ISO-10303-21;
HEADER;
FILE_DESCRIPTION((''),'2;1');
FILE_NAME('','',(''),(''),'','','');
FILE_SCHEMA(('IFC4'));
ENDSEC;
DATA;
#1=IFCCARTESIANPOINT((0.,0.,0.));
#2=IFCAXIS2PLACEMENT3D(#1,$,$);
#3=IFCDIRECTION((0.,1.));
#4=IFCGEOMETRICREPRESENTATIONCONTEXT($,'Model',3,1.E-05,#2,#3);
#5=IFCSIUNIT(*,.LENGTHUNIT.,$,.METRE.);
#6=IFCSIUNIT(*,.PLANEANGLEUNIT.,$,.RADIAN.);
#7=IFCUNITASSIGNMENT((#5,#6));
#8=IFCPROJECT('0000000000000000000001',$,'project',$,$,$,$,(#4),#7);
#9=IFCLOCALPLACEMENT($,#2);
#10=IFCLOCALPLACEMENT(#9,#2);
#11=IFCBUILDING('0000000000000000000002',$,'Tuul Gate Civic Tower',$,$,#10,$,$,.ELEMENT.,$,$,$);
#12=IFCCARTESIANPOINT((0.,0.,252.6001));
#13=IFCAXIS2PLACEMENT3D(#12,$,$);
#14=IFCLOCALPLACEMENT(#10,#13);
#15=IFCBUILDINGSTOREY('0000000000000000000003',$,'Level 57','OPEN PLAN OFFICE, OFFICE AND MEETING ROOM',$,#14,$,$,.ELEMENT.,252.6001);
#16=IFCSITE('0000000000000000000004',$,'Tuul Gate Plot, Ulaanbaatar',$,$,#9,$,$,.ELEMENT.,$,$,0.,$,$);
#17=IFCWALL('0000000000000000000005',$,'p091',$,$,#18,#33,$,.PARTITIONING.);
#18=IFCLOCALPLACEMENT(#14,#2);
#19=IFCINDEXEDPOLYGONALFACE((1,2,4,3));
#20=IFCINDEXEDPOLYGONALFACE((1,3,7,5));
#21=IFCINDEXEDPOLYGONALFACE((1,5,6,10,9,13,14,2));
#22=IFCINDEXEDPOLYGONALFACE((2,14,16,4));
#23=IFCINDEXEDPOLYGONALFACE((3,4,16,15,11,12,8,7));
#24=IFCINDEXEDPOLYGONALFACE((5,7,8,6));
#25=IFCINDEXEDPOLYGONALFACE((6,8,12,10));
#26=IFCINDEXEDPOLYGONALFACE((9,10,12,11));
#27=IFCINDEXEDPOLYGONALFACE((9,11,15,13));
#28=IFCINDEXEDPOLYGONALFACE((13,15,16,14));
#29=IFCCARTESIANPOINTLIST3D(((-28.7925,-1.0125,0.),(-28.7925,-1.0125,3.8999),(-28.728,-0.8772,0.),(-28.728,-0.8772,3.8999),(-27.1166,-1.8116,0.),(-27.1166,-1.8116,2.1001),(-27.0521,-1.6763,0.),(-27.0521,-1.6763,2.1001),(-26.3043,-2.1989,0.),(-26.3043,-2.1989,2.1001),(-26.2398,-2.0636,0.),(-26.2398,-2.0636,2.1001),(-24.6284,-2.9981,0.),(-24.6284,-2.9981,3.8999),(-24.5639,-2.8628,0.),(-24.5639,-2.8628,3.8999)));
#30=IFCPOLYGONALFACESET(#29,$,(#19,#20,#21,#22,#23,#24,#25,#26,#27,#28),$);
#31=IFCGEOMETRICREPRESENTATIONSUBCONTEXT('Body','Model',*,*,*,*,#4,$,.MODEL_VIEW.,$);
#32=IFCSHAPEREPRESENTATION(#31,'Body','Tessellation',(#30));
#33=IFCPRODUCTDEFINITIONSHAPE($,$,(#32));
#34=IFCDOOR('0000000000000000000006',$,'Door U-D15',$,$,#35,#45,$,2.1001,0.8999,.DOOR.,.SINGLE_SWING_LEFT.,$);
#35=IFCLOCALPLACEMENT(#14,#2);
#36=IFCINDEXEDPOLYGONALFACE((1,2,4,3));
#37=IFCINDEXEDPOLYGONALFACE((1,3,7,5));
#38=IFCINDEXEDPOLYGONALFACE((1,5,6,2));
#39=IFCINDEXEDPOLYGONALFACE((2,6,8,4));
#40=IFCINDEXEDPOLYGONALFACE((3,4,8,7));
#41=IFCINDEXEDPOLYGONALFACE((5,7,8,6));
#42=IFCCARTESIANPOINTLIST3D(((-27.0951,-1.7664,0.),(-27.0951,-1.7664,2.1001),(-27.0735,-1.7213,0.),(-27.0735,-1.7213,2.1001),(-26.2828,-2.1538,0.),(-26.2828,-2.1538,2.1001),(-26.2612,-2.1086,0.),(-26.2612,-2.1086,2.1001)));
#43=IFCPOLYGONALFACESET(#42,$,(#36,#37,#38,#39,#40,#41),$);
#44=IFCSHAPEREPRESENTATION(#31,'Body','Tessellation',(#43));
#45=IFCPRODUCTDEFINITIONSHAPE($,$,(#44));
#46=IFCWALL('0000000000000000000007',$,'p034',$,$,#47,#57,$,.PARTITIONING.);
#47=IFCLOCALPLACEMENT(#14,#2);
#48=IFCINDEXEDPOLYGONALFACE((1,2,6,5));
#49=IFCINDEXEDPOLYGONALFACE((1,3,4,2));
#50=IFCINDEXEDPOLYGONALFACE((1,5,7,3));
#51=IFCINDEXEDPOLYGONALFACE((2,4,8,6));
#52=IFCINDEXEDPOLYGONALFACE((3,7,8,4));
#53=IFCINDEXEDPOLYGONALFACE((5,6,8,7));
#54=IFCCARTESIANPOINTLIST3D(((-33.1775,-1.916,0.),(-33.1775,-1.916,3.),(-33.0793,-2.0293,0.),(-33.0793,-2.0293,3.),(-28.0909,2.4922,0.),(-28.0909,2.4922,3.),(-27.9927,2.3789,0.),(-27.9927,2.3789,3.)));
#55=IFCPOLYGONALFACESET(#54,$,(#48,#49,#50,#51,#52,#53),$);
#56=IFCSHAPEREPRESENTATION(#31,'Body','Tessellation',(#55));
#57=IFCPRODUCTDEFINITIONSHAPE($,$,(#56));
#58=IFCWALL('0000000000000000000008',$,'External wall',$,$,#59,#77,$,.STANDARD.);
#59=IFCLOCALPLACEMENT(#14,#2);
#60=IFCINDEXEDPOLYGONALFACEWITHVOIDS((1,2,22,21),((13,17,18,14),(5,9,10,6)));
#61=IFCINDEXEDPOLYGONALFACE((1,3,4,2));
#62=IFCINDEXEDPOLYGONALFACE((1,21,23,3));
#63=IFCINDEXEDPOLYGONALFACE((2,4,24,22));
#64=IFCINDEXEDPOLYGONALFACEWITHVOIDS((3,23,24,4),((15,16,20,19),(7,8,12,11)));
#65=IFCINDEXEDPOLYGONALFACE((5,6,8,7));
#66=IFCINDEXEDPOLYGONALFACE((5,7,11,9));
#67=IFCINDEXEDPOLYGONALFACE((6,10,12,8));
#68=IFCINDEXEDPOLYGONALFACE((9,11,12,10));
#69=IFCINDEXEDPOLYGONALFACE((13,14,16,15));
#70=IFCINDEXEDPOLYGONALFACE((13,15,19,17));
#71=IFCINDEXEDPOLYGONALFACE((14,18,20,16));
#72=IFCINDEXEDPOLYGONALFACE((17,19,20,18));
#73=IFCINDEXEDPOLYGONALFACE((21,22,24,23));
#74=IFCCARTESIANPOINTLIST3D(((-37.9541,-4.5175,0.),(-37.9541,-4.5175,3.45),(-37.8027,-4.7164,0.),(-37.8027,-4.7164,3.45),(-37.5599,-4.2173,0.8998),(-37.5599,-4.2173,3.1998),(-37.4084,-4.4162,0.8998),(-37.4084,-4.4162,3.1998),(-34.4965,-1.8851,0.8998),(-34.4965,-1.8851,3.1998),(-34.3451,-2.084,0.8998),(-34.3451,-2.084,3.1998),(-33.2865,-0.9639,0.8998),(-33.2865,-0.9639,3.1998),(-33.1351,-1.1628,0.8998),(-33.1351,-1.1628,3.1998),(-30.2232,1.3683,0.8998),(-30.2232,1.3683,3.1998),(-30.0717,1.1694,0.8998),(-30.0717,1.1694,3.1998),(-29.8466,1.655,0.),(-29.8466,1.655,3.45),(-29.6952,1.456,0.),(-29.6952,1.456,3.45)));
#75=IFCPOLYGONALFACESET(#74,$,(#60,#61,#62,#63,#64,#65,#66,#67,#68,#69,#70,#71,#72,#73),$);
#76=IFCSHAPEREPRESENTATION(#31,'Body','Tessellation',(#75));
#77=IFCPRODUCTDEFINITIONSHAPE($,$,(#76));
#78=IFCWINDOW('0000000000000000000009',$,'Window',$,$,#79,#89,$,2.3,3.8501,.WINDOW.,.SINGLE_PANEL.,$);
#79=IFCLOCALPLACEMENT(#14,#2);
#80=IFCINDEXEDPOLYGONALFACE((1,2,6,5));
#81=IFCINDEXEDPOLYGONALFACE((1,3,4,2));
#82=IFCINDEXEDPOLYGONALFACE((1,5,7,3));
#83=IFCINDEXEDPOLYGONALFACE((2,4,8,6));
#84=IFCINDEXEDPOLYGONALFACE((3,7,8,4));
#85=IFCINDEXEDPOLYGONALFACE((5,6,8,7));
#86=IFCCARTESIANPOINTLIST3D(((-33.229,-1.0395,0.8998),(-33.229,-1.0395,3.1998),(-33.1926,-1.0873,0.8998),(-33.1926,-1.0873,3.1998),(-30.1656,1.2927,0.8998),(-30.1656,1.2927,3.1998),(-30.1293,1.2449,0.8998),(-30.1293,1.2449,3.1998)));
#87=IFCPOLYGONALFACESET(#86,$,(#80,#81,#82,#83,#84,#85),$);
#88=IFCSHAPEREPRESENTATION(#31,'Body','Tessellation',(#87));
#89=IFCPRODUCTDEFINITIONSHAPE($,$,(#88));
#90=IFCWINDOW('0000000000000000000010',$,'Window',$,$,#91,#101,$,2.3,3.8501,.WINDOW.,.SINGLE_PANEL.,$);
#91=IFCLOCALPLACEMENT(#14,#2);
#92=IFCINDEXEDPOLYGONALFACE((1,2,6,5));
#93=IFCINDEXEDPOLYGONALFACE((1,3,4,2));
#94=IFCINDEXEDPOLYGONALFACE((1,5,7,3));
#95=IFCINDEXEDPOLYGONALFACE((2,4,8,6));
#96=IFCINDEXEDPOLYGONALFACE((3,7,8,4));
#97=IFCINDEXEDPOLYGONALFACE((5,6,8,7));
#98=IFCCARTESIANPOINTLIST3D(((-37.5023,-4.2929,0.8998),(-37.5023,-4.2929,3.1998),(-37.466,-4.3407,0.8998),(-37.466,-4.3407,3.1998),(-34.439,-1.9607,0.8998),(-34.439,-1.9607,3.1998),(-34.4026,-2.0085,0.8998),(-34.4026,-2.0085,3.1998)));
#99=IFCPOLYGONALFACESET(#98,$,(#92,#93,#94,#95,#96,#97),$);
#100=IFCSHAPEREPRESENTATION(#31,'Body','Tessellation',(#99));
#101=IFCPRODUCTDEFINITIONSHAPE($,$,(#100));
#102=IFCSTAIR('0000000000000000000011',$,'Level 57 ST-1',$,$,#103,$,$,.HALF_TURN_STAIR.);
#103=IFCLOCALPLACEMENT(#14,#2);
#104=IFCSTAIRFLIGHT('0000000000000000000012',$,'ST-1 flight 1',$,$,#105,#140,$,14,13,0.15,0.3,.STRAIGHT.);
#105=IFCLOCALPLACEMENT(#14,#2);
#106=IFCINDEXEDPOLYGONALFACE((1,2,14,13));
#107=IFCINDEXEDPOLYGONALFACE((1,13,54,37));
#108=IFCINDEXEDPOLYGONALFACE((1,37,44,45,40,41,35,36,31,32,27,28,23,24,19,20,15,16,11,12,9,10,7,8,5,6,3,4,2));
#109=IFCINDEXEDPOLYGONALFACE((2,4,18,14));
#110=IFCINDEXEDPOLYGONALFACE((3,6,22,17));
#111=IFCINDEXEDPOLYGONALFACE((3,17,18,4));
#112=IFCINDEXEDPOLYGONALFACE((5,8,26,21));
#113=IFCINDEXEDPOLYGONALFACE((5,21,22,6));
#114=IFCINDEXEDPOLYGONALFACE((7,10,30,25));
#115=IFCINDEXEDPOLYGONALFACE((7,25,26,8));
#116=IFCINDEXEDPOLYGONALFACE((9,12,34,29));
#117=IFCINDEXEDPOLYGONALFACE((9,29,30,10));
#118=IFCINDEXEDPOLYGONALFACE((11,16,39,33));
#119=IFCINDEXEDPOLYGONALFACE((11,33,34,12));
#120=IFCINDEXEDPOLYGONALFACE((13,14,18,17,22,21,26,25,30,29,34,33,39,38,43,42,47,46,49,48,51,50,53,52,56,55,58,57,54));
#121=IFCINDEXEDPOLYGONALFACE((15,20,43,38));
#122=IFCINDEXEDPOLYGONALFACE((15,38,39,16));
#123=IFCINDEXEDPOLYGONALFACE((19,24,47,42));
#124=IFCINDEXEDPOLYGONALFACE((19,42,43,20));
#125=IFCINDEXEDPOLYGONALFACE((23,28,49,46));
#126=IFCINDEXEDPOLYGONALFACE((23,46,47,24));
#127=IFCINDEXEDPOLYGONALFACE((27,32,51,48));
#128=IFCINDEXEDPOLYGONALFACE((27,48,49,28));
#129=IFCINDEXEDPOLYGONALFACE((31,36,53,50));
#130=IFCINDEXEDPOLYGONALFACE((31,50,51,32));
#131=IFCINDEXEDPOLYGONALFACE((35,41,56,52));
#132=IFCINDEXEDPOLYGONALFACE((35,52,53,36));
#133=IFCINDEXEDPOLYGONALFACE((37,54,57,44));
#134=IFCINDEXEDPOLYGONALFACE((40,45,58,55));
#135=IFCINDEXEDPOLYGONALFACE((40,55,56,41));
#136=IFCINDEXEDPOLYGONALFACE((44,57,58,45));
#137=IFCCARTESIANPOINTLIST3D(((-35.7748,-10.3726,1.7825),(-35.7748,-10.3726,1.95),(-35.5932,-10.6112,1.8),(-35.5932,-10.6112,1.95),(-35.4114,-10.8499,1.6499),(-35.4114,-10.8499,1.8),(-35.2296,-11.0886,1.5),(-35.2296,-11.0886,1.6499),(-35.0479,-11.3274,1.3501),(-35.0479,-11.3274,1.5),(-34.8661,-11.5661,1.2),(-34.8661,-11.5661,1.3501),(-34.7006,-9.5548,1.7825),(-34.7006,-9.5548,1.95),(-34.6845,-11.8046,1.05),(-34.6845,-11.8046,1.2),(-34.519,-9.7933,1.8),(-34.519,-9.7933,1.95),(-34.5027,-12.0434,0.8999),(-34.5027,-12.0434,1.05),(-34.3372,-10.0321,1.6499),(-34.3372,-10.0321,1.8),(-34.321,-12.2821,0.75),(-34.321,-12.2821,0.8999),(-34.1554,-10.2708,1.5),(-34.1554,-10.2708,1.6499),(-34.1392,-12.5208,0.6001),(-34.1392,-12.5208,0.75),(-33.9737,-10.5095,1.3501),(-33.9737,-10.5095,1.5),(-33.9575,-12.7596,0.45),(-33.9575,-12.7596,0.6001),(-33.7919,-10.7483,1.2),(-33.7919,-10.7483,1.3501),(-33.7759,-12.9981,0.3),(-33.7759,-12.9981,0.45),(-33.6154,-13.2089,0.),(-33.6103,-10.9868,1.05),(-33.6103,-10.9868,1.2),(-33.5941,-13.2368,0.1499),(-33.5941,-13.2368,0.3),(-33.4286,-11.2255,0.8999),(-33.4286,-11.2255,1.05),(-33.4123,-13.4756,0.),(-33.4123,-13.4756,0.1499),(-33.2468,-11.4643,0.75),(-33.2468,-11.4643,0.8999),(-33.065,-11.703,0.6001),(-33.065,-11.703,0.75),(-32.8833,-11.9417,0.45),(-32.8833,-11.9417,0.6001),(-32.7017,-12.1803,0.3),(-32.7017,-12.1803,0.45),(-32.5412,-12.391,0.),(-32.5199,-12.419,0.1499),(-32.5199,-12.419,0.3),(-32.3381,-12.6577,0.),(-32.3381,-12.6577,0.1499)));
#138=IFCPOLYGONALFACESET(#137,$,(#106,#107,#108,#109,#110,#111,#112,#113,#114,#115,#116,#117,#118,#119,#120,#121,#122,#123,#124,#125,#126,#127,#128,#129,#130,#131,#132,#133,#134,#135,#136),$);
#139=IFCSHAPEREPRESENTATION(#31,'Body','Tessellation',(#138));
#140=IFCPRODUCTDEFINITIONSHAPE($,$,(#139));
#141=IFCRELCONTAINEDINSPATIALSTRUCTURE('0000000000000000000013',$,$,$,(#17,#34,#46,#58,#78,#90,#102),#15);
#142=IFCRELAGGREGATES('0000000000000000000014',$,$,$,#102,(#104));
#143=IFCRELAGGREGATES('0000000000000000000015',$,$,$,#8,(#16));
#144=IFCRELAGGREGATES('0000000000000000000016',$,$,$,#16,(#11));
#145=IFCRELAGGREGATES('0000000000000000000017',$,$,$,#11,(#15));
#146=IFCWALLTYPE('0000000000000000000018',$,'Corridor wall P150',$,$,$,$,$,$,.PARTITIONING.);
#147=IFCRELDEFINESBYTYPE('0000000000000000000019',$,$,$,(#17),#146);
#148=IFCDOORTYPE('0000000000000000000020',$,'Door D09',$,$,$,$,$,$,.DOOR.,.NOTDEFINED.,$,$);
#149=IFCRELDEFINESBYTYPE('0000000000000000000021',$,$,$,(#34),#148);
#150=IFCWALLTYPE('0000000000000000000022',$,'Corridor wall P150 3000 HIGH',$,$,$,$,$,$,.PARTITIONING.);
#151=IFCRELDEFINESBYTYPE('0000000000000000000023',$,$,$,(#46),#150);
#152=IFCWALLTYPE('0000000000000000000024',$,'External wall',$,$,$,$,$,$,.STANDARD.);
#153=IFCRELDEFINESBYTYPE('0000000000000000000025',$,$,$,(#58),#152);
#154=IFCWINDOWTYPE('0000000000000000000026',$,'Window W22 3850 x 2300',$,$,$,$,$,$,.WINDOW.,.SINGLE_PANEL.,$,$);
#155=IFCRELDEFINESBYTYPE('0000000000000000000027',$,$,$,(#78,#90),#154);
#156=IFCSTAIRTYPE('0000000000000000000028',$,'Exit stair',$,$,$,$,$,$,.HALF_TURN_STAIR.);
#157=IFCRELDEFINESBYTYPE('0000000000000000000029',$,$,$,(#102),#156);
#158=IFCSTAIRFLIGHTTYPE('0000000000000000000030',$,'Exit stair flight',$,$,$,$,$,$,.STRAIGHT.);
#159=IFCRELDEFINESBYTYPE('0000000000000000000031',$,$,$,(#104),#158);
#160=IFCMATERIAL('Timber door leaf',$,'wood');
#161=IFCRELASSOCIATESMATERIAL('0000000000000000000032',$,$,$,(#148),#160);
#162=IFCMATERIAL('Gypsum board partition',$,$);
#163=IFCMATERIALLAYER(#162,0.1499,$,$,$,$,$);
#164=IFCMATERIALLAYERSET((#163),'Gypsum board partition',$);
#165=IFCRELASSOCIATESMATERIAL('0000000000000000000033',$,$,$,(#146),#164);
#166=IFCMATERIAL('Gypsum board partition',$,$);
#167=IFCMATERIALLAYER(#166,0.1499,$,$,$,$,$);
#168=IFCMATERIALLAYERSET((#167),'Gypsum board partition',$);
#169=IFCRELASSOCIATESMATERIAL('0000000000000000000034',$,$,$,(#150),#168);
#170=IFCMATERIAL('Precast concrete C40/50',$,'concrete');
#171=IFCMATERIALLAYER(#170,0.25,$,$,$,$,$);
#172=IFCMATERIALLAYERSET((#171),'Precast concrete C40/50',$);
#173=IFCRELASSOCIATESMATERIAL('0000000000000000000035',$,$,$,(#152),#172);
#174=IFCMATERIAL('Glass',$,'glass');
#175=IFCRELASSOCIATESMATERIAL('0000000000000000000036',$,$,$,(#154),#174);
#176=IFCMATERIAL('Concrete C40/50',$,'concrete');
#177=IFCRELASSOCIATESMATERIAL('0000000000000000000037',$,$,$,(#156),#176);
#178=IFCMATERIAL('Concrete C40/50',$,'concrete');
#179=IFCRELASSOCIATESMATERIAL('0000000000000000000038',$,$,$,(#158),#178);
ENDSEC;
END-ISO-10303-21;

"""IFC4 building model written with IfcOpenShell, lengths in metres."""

from ifc_helpers import new_model, si_unit, direction, frame, frame_2d, origin, place, context, subcontext, project, spatial, polyline, rectangle, outline, extrude, material, layer, layer_set, type_object, element, fill, aggregate, save


model = new_model("IFC4")

# Units and contexts
model_context = context("Model", 3, precision=1e-05, world=origin(), true_north=direction((0.0, 1.0)))
body_context = subcontext(model_context, "Body", "Model", "MODEL_VIEW")
ifc_project = project(units=[si_unit("LENGTHUNIT", "METRE"), si_unit("PLANEANGLEUNIT", "RADIAN")], contexts=[model_context])

# Site, building, storey
site_placement = place(None, origin())
site = spatial("IfcSite", under=ifc_project, at=site_placement, Name="Tuul Gate Plot, Ulaanbaatar", CompositionType="ELEMENT", RefElevation=0.0)
building_placement = place(site_placement, origin())
building = spatial("IfcBuilding", under=site, at=building_placement, Name="Tuul Gate Civic Tower", CompositionType="ELEMENT")
storey_placement = place(building_placement, frame((0.0, 0.0, 252.6001)))
storey = spatial("IfcBuildingStorey", under=building, at=storey_placement, Name="Level 57", Description="OPEN PLAN OFFICE, OFFICE AND MEETING ROOM", CompositionType="ELEMENT", Elevation=252.6001)

# Shared definitions
ifc_material_1 = material(Name="Timber door leaf", Category="wood")
door_type_1 = type_object("IfcDoorType", Name="Door D09", OperationType="NOTDEFINED", PredefinedType="DOOR", material=ifc_material_1)

# Shared definitions
ifc_material_2 = material(Name="Gypsum board partition")
ifc_layer_1 = layer(ifc_material_2, 0.1499)
ifc_layer_set_1 = layer_set([ifc_layer_1], Name="Gypsum board partition")
wall_type_1 = type_object("IfcWallType", Name="Corridor wall P150", PredefinedType="PARTITIONING", material=ifc_layer_set_1)

# Wall, opening, door
wall_1_placement = place(storey_placement, frame((-28.7603, -0.9448, 0.0), z_axis=(0.0, 0.0, 1.0), x_axis=(0.902632, -0.430412, 0.0)))
wall_1 = element("IfcWall", 1, at=wall_1_placement, inside=storey, type_object=wall_type_1, Name="p091", PredefinedType="PARTITIONING", context=body_context, shape_type="SweptSolid", body=[
    extrude(rectangle(XDim=4.6133, YDim=0.1499, at=frame_2d((2.3066, 0.0))), origin(), (0.0, 0.0, 1.0), 3.8999),
])
opening_1_placement = place(wall_1_placement, frame((1.8567, 0.0, 0.0)))
opening_1 = element("IfcOpeningElement", 2, at=opening_1_placement, cuts=wall_1, PredefinedType="OPENING", context=body_context, shape_type="SweptSolid", body=[
    extrude(rectangle(XDim=0.8999, YDim=2.1001, at=frame_2d((0.45, 1.05))), frame((0.0, 0.085, 0.0), z_axis=(0.0, -1.0, 0.0), x_axis=(1.0, 0.0, 0.0)), (0.0, 0.0, 1.0), 0.1699),
])
door_1_placement = place(opening_1_placement, frame((0.8999, 0.0, 0.0), z_axis=(0.0, 0.0, 1.0), x_axis=(-1.0, 0.0, 0.0)))
door_1 = element("IfcDoor", 3, at=door_1_placement, inside=storey, type_object=door_type_1, Name="Door U-D15", OperationType="SINGLE_SWING_LEFT", OverallHeight=2.1001, OverallWidth=0.8999, PredefinedType="DOOR", context=body_context, shape_type="SweptSolid", body=[
    extrude(rectangle(XDim=0.8999, YDim=2.1001, at=frame_2d((0.45, 1.05))), frame((0.0, 0.0249, 0.0), z_axis=(0.0, -1.0, 0.0), x_axis=(1.0, 0.0, 0.0)), (0.0, 0.0, 1.0), 0.05),
])
fill(opening_1, door_1)

# Wall
ifc_material_3 = material(Name="Gypsum board partition")
ifc_layer_2 = layer(ifc_material_3, 0.1499)
ifc_layer_set_2 = layer_set([ifc_layer_2], Name="Gypsum board partition")
wall_type_2 = type_object("IfcWallType", Name="Corridor wall P150 3000 HIGH", PredefinedType="PARTITIONING", material=ifc_layer_set_2)
wall_2_placement = place(storey_placement, frame((-33.1284, -1.9727, 0.0), z_axis=(0.0, 0.0, 1.0), x_axis=(0.755707, 0.65491, 0.0)))
element("IfcWall", 4, at=wall_2_placement, inside=storey, type_object=wall_type_2, Name="p034", PredefinedType="PARTITIONING", context=body_context, shape_type="SweptSolid", body=[
    extrude(rectangle(XDim=6.731, YDim=0.1499, at=frame_2d((3.3655, 0.0))), origin(), (0.0, 0.0, 1.0), 3.0),
])

# Wall, openings, windows
ifc_material_4 = material(Name="Precast concrete C40/50", Category="concrete")
ifc_layer_3 = layer(ifc_material_4, 0.25)
ifc_layer_set_3 = layer_set([ifc_layer_3], Name="Precast concrete C40/50")
wall_type_3 = type_object("IfcWallType", Name="External wall", PredefinedType="STANDARD", material=ifc_layer_set_3)
wall_3_placement = place(storey_placement, frame((-29.771, 1.5554, 0.0), z_axis=(0.0, 0.0, 1.0), x_axis=(-0.795655, -0.60575, 0.0)))
wall_3 = element("IfcWall", 5, at=wall_3_placement, inside=storey, type_object=wall_type_3, Name="External wall", PredefinedType="STANDARD", context=body_context, shape_type="SweptSolid", body=[
    extrude(rectangle(XDim=10.1897, YDim=0.25, at=frame_2d((5.0947, 0.0))), origin(), (0.0, 0.0, 1.0), 3.45),
])
opening_2_placement = place(wall_3_placement, frame((0.4731, 0.0, 0.8999)))
opening_2 = element("IfcOpeningElement", 6, at=opening_2_placement, cuts=wall_3, PredefinedType="OPENING", context=body_context, shape_type="SweptSolid", body=[
    extrude(rectangle(XDim=3.8501, YDim=2.3, at=frame_2d((1.925, 1.1499))), frame((0.0, 0.135, 0.0), z_axis=(0.0, -1.0, 0.0), x_axis=(1.0, 0.0, 0.0)), (0.0, 0.0, 1.0), 0.27),
])
opening_3_placement = place(wall_3_placement, frame((5.844, 0.0, 0.8999)))
opening_3 = element("IfcOpeningElement", 7, at=opening_3_placement, cuts=wall_3, PredefinedType="OPENING", context=body_context, shape_type="SweptSolid", body=[
    extrude(rectangle(XDim=3.8501, YDim=2.3, at=frame_2d((1.925, 1.1499))), frame((0.0, 0.135, 0.0), z_axis=(0.0, -1.0, 0.0), x_axis=(1.0, 0.0, 0.0)), (0.0, 0.0, 1.0), 0.27),
])
ifc_material_5 = material(Name="Glass", Category="glass")
window_type = type_object("IfcWindowType", Name="Window W22 3850 x 2300", PartitioningType="SINGLE_PANEL", PredefinedType="WINDOW", material=ifc_material_5)
window_1_placement = place(opening_2_placement, origin())
window_1 = element("IfcWindow", 8, at=window_1_placement, inside=storey, type_object=window_type, Name="Window", OverallHeight=2.3, OverallWidth=3.8501, PartitioningType="SINGLE_PANEL", PredefinedType="WINDOW", context=body_context, shape_type="SweptSolid", body=[
    extrude(rectangle(XDim=3.8501, YDim=2.3, at=frame_2d((1.925, 1.1499))), frame((0.0, 0.03, 0.0), z_axis=(0.0, -1.0, 0.0), x_axis=(1.0, 0.0, 0.0)), (0.0, 0.0, 1.0), 0.0601),
])
fill(opening_2, window_1)
window_2_placement = place(opening_3_placement, origin())
window_2 = element("IfcWindow", 9, at=window_2_placement, inside=storey, type_object=window_type, Name="Window", OverallHeight=2.3, OverallWidth=3.8501, PartitioningType="SINGLE_PANEL", PredefinedType="WINDOW", context=body_context, shape_type="SweptSolid", body=[
    extrude(rectangle(XDim=3.8501, YDim=2.3, at=frame_2d((1.925, 1.1499))), frame((0.0, 0.03, 0.0), z_axis=(0.0, -1.0, 0.0), x_axis=(1.0, 0.0, 0.0)), (0.0, 0.0, 1.0), 0.0601),
])
fill(opening_3, window_2)

# Stair, stair flight
ifc_material_6 = material(Name="Concrete C40/50", Category="concrete")
stair_type = type_object("IfcStairType", Name="Exit stair", PredefinedType="HALF_TURN_STAIR", material=ifc_material_6)
stair_1_placement = place(storey_placement, origin())
stair_1 = element("IfcStair", 10, at=stair_1_placement, inside=storey, type_object=stair_type, Name="Level 57 ST-1", PredefinedType="HALF_TURN_STAIR")
ifc_material_7 = material(Name="Concrete C40/50", Category="concrete")
stair_flight_type = type_object("IfcStairFlightType", Name="Exit stair flight", PredefinedType="STRAIGHT", material=ifc_material_7)
stair_flight_1_placement = place(storey_placement, frame((-32.8752, -13.0667, 0.0), z_axis=(0.0, 0.0, 1.0), x_axis=(-0.605764, 0.795644, 0.0)))
stair_flight_1 = element("IfcStairFlight", 11, at=stair_flight_1_placement, type_object=stair_flight_type, Name="ST-1 flight 1", NumberOfRisers=14, NumberOfTreads=13, PredefinedType="STRAIGHT", RiserHeight=0.15, TreadLength=0.3, context=body_context, shape_type="SweptSolid", body=[
    extrude(outline(polyline([(0.0, 0.0), (0.0, 0.1499), (0.3, 0.1499), (0.3, 0.3), (0.6001, 0.3), (0.6001, 0.45), (0.8999, 0.45), (0.8999, 0.6001), (1.2, 0.6001), (1.2, 0.75), (1.5, 0.75), (1.5, 0.8999), (1.8, 0.8999), (1.8, 1.05), (2.1001, 1.05), (2.1001, 1.2), (2.3999, 1.2), (2.3999, 1.3501), (2.7, 1.3501), (2.7, 1.5), (3.0, 1.5), (3.0, 1.6499), (3.3, 1.6499), (3.3, 1.8), (3.6001, 1.8), (3.6001, 1.95), (3.8999, 1.95), (3.8999, 2.1001), (3.8999, 1.7825), (0.3352, 0.0), (0.0, 0.0)])), frame((0.0, 0.675, 0.0), z_axis=(0.0, -1.0, 0.0), x_axis=(1.0, 0.0, 0.0)), (0.0, 0.0, 1.0), 1.3501),
])
aggregate(stair_1, [stair_flight_1])

save(model, "model.ifc")
